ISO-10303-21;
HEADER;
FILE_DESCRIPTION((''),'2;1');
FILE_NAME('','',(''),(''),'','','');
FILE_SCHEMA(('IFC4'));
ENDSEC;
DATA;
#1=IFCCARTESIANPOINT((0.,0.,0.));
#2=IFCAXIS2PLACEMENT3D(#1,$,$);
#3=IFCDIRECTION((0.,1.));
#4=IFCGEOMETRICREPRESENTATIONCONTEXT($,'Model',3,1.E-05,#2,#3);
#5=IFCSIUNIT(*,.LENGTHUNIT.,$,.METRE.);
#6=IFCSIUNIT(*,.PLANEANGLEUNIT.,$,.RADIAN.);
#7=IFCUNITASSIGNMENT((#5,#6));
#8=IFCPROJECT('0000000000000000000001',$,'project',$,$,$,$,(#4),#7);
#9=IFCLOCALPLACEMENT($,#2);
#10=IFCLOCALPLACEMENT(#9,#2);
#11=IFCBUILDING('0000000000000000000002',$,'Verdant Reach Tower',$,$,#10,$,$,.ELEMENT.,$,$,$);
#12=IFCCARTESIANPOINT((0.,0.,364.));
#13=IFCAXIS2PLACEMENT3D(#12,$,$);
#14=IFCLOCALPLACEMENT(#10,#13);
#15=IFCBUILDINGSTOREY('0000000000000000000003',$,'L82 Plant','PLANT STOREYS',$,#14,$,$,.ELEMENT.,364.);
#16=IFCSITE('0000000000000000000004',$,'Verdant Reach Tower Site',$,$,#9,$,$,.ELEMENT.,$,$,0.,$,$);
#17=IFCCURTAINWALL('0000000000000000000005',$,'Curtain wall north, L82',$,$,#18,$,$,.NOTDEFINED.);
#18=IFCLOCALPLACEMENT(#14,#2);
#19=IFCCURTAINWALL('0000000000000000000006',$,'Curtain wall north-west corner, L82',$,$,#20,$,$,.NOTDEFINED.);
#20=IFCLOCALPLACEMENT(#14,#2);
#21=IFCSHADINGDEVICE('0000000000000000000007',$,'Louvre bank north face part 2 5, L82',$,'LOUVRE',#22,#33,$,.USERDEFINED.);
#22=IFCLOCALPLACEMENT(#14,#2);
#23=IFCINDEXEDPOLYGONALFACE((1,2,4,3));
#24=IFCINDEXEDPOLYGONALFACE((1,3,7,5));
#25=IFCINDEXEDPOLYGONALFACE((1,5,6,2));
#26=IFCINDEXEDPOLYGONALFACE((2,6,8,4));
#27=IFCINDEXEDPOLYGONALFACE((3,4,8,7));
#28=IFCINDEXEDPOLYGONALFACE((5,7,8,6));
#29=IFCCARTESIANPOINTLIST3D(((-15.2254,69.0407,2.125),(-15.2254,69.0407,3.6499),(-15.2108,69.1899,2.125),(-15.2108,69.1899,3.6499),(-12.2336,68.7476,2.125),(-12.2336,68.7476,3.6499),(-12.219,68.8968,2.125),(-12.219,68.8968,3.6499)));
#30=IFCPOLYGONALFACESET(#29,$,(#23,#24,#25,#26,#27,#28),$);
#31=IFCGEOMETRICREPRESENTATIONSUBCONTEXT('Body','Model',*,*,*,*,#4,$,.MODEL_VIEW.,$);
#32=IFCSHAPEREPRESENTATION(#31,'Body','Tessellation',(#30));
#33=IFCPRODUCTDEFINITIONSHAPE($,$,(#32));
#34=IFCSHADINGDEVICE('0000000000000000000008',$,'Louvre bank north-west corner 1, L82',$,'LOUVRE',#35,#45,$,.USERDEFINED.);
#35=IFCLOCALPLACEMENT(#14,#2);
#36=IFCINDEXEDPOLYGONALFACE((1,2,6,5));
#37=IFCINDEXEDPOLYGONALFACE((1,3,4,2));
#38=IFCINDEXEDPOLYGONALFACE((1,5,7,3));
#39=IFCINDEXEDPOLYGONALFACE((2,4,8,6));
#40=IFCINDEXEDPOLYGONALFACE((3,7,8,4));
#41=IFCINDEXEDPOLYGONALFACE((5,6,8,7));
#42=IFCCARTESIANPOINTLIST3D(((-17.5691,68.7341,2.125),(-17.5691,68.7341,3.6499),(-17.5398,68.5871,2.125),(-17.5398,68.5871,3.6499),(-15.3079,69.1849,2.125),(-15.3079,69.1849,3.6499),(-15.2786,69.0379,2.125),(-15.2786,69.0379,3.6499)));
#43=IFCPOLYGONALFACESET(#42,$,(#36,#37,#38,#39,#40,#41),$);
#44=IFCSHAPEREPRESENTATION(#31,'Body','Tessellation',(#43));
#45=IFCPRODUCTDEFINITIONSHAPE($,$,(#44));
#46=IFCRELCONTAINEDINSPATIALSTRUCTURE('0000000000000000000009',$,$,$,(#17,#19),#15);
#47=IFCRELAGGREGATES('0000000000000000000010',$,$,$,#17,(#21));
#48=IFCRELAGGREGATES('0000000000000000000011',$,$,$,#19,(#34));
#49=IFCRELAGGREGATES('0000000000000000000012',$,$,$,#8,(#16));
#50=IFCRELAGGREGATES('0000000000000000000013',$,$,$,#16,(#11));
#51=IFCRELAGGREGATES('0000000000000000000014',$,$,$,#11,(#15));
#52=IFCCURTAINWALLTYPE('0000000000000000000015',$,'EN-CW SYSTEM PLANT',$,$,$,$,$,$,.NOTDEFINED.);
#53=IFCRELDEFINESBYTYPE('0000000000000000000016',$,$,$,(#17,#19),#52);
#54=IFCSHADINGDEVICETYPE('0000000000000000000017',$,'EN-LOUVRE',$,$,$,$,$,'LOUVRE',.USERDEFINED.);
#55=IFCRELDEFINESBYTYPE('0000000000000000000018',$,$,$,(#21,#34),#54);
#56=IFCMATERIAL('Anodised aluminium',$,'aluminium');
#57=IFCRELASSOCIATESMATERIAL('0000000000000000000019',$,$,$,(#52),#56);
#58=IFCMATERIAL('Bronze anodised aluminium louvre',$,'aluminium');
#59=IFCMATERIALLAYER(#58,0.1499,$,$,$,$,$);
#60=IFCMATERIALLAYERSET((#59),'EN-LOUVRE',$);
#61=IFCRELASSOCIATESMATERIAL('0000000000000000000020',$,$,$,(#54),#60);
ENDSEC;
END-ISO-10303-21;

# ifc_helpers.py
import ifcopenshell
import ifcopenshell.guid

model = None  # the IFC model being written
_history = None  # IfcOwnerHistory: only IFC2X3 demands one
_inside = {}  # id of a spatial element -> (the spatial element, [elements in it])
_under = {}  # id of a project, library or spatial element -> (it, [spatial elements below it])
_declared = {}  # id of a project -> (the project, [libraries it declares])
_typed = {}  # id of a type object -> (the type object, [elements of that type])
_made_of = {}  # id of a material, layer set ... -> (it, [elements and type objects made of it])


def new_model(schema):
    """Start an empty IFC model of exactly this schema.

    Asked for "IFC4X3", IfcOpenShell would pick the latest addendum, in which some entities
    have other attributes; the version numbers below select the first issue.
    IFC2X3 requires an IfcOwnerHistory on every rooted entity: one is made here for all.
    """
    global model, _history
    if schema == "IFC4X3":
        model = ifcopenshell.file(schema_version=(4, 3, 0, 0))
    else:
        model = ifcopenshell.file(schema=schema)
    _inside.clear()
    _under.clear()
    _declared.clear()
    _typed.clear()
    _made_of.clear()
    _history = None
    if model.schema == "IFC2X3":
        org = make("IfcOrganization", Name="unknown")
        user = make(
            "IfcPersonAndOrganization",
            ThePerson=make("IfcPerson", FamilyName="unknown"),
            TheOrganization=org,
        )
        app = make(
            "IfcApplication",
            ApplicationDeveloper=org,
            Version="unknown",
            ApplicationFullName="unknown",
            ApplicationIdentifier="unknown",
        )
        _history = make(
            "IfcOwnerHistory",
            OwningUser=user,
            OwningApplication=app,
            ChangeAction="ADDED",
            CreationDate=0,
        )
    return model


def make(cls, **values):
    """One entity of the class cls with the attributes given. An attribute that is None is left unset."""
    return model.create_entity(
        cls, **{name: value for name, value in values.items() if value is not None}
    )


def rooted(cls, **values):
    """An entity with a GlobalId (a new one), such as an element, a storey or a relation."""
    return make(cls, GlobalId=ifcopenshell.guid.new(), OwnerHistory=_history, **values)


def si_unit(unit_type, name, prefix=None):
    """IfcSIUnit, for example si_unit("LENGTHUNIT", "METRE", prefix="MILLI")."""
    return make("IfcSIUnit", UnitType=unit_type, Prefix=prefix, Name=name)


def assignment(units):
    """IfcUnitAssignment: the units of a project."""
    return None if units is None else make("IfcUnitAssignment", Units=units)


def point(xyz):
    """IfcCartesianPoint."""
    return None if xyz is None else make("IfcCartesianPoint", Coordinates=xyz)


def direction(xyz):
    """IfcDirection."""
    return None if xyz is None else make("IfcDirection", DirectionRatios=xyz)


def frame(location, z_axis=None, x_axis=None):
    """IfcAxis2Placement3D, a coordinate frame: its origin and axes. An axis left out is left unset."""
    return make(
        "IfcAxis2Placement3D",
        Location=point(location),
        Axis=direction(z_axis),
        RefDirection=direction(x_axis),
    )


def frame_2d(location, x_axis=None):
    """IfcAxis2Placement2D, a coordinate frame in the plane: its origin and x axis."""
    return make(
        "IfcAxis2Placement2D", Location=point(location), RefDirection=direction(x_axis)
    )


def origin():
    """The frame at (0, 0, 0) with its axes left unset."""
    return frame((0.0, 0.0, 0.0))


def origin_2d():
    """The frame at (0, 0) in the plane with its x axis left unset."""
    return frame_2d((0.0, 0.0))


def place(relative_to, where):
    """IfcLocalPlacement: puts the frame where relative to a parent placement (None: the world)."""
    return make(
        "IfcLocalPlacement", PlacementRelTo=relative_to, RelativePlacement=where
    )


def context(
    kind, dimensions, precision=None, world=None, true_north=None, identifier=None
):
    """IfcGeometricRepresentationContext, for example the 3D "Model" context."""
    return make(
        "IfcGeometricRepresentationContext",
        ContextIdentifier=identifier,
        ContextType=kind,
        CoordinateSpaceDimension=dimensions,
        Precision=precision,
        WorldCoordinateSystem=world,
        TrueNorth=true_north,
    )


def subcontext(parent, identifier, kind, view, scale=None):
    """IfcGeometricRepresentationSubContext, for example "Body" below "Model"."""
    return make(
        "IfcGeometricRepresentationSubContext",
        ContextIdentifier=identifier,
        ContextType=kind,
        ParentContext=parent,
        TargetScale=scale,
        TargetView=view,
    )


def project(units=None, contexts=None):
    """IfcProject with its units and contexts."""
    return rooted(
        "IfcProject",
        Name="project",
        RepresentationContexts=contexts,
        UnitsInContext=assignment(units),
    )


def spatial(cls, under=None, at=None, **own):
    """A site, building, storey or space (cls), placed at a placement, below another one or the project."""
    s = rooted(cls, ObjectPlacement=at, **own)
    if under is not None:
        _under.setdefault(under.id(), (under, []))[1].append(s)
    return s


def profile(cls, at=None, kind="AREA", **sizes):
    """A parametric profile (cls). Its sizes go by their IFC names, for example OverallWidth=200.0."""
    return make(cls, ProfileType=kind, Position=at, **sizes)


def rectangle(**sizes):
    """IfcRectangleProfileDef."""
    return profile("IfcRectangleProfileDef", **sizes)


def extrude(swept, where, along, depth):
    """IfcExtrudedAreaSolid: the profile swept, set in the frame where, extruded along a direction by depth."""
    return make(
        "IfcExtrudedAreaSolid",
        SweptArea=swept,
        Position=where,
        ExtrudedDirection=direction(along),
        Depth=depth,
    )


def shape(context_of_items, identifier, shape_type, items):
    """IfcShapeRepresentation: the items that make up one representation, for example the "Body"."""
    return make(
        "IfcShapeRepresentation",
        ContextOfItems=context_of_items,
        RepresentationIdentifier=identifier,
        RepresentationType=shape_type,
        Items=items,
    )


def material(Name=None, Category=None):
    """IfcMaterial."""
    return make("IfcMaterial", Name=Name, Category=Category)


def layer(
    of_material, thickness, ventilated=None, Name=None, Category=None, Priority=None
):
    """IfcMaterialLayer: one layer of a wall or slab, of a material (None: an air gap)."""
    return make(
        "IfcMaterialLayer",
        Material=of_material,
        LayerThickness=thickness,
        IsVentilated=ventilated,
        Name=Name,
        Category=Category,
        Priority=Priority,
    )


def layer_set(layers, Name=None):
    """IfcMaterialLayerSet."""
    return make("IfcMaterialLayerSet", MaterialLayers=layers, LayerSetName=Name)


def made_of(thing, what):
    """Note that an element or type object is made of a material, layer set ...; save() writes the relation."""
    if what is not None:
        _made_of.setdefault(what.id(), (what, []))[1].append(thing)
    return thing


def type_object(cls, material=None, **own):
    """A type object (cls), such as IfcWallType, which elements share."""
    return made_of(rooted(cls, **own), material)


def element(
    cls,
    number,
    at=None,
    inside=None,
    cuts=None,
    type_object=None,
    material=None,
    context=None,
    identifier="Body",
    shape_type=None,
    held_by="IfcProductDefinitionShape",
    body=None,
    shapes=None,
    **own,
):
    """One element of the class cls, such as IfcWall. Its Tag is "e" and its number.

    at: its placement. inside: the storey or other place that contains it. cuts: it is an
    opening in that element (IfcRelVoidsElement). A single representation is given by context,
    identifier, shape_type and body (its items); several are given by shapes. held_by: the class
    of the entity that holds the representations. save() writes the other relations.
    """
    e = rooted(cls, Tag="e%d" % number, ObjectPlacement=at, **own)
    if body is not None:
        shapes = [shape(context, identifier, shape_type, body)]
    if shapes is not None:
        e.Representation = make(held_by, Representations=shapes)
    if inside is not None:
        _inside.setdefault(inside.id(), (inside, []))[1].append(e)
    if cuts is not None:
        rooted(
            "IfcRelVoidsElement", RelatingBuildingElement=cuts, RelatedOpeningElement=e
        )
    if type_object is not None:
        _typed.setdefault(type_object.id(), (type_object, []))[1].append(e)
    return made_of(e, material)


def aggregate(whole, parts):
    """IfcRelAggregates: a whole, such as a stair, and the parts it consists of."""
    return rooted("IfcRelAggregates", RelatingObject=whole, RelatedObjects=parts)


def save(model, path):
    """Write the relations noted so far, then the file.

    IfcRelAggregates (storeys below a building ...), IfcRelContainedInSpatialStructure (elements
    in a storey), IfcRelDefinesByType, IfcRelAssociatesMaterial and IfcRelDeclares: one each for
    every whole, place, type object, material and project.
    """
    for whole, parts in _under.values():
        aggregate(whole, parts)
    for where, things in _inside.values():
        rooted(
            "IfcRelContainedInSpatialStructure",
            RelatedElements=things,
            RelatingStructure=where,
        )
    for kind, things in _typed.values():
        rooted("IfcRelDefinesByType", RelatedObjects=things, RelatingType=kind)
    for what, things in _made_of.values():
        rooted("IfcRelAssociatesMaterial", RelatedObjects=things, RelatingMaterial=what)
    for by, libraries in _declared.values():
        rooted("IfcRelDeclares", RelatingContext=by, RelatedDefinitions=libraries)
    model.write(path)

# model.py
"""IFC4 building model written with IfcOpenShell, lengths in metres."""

from ifc_helpers import new_model, si_unit, direction, frame, origin, origin_2d, place, context, subcontext, project, spatial, rectangle, extrude, material, layer, layer_set, type_object, element, aggregate, save


model = new_model("IFC4")

# Units and contexts
model_context = context("Model", 3, precision=1e-05, world=origin(), true_north=direction((0.0, 1.0)))
body_context = subcontext(model_context, "Body", "Model", "MODEL_VIEW")
ifc_project = project(units=[si_unit("LENGTHUNIT", "METRE"), si_unit("PLANEANGLEUNIT", "RADIAN")], contexts=[model_context])

# Site, building, storey
site_placement = place(None, origin())
site = spatial("IfcSite", under=ifc_project, at=site_placement, Name="Verdant Reach Tower Site", CompositionType="ELEMENT", RefElevation=0.0)
building_placement = place(site_placement, origin())
building = spatial("IfcBuilding", under=site, at=building_placement, Name="Verdant Reach Tower", CompositionType="ELEMENT")
storey_placement = place(building_placement, frame((0.0, 0.0, 364.0)))
storey = spatial("IfcBuildingStorey", under=building, at=storey_placement, Name="L82 Plant", Description="PLANT STOREYS", CompositionType="ELEMENT", Elevation=364.0)

# Curtain wall
ifc_material_1 = material(Name="Anodised aluminium", Category="aluminium")
curtain_wall_type = type_object("IfcCurtainWallType", Name="EN-CW SYSTEM PLANT", PredefinedType="NOTDEFINED", material=ifc_material_1)
curtain_wall_1_placement = place(storey_placement, origin())
curtain_wall_1 = element("IfcCurtainWall", 1, at=curtain_wall_1_placement, inside=storey, type_object=curtain_wall_type, Name="Curtain wall north, L82", PredefinedType="NOTDEFINED")

# Curtain wall
curtain_wall_2_placement = place(storey_placement, origin())
curtain_wall_2 = element("IfcCurtainWall", 2, at=curtain_wall_2_placement, inside=storey, type_object=curtain_wall_type, Name="Curtain wall north-west corner, L82", PredefinedType="NOTDEFINED")

# Shading devices
ifc_material_2 = material(Name="Bronze anodised aluminium louvre", Category="aluminium")
ifc_layer_1 = layer(ifc_material_2, 0.1499)
ifc_layer_set_1 = layer_set([ifc_layer_1], Name="EN-LOUVRE")
shading_device_type = type_object("IfcShadingDeviceType", Name="EN-LOUVRE", ElementType="LOUVRE", PredefinedType="USERDEFINED", material=ifc_layer_set_1)
shading_device_1_placement = place(storey_placement, frame((-13.7222, 68.9688, 2.125), z_axis=(0.0, 0.0, 1.0), x_axis=(-0.995238, 0.097473, 0.0)))
shading_device_1 = element("IfcShadingDevice", 3, at=shading_device_1_placement, type_object=shading_device_type, Name="Louvre bank north face part 2 5, L82", ObjectType="LOUVRE", PredefinedType="USERDEFINED", context=body_context, shape_type="SweptSolid", body=[
    extrude(rectangle(XDim=3.0061, YDim=0.1499, at=origin_2d()), origin(), (0.0, 0.0, 1.0), 1.5249),
])
aggregate(curtain_wall_1, [shading_device_1])
shading_device_2_placement = place(storey_placement, frame((-16.4238, 68.886, 2.125), z_axis=(0.0, 0.0, 1.0), x_axis=(-0.980705, -0.195493, 0.0)))
shading_device_2 = element("IfcShadingDevice", 4, at=shading_device_2_placement, type_object=shading_device_type, Name="Louvre bank north-west corner 1, L82", ObjectType="LOUVRE", PredefinedType="USERDEFINED", context=body_context, shape_type="SweptSolid", body=[
    extrude(rectangle(XDim=2.3057, YDim=0.1499, at=origin_2d()), origin(), (0.0, 0.0, 1.0), 1.5249),
])
aggregate(curtain_wall_2, [shading_device_2])

save(model, "model.ifc")
